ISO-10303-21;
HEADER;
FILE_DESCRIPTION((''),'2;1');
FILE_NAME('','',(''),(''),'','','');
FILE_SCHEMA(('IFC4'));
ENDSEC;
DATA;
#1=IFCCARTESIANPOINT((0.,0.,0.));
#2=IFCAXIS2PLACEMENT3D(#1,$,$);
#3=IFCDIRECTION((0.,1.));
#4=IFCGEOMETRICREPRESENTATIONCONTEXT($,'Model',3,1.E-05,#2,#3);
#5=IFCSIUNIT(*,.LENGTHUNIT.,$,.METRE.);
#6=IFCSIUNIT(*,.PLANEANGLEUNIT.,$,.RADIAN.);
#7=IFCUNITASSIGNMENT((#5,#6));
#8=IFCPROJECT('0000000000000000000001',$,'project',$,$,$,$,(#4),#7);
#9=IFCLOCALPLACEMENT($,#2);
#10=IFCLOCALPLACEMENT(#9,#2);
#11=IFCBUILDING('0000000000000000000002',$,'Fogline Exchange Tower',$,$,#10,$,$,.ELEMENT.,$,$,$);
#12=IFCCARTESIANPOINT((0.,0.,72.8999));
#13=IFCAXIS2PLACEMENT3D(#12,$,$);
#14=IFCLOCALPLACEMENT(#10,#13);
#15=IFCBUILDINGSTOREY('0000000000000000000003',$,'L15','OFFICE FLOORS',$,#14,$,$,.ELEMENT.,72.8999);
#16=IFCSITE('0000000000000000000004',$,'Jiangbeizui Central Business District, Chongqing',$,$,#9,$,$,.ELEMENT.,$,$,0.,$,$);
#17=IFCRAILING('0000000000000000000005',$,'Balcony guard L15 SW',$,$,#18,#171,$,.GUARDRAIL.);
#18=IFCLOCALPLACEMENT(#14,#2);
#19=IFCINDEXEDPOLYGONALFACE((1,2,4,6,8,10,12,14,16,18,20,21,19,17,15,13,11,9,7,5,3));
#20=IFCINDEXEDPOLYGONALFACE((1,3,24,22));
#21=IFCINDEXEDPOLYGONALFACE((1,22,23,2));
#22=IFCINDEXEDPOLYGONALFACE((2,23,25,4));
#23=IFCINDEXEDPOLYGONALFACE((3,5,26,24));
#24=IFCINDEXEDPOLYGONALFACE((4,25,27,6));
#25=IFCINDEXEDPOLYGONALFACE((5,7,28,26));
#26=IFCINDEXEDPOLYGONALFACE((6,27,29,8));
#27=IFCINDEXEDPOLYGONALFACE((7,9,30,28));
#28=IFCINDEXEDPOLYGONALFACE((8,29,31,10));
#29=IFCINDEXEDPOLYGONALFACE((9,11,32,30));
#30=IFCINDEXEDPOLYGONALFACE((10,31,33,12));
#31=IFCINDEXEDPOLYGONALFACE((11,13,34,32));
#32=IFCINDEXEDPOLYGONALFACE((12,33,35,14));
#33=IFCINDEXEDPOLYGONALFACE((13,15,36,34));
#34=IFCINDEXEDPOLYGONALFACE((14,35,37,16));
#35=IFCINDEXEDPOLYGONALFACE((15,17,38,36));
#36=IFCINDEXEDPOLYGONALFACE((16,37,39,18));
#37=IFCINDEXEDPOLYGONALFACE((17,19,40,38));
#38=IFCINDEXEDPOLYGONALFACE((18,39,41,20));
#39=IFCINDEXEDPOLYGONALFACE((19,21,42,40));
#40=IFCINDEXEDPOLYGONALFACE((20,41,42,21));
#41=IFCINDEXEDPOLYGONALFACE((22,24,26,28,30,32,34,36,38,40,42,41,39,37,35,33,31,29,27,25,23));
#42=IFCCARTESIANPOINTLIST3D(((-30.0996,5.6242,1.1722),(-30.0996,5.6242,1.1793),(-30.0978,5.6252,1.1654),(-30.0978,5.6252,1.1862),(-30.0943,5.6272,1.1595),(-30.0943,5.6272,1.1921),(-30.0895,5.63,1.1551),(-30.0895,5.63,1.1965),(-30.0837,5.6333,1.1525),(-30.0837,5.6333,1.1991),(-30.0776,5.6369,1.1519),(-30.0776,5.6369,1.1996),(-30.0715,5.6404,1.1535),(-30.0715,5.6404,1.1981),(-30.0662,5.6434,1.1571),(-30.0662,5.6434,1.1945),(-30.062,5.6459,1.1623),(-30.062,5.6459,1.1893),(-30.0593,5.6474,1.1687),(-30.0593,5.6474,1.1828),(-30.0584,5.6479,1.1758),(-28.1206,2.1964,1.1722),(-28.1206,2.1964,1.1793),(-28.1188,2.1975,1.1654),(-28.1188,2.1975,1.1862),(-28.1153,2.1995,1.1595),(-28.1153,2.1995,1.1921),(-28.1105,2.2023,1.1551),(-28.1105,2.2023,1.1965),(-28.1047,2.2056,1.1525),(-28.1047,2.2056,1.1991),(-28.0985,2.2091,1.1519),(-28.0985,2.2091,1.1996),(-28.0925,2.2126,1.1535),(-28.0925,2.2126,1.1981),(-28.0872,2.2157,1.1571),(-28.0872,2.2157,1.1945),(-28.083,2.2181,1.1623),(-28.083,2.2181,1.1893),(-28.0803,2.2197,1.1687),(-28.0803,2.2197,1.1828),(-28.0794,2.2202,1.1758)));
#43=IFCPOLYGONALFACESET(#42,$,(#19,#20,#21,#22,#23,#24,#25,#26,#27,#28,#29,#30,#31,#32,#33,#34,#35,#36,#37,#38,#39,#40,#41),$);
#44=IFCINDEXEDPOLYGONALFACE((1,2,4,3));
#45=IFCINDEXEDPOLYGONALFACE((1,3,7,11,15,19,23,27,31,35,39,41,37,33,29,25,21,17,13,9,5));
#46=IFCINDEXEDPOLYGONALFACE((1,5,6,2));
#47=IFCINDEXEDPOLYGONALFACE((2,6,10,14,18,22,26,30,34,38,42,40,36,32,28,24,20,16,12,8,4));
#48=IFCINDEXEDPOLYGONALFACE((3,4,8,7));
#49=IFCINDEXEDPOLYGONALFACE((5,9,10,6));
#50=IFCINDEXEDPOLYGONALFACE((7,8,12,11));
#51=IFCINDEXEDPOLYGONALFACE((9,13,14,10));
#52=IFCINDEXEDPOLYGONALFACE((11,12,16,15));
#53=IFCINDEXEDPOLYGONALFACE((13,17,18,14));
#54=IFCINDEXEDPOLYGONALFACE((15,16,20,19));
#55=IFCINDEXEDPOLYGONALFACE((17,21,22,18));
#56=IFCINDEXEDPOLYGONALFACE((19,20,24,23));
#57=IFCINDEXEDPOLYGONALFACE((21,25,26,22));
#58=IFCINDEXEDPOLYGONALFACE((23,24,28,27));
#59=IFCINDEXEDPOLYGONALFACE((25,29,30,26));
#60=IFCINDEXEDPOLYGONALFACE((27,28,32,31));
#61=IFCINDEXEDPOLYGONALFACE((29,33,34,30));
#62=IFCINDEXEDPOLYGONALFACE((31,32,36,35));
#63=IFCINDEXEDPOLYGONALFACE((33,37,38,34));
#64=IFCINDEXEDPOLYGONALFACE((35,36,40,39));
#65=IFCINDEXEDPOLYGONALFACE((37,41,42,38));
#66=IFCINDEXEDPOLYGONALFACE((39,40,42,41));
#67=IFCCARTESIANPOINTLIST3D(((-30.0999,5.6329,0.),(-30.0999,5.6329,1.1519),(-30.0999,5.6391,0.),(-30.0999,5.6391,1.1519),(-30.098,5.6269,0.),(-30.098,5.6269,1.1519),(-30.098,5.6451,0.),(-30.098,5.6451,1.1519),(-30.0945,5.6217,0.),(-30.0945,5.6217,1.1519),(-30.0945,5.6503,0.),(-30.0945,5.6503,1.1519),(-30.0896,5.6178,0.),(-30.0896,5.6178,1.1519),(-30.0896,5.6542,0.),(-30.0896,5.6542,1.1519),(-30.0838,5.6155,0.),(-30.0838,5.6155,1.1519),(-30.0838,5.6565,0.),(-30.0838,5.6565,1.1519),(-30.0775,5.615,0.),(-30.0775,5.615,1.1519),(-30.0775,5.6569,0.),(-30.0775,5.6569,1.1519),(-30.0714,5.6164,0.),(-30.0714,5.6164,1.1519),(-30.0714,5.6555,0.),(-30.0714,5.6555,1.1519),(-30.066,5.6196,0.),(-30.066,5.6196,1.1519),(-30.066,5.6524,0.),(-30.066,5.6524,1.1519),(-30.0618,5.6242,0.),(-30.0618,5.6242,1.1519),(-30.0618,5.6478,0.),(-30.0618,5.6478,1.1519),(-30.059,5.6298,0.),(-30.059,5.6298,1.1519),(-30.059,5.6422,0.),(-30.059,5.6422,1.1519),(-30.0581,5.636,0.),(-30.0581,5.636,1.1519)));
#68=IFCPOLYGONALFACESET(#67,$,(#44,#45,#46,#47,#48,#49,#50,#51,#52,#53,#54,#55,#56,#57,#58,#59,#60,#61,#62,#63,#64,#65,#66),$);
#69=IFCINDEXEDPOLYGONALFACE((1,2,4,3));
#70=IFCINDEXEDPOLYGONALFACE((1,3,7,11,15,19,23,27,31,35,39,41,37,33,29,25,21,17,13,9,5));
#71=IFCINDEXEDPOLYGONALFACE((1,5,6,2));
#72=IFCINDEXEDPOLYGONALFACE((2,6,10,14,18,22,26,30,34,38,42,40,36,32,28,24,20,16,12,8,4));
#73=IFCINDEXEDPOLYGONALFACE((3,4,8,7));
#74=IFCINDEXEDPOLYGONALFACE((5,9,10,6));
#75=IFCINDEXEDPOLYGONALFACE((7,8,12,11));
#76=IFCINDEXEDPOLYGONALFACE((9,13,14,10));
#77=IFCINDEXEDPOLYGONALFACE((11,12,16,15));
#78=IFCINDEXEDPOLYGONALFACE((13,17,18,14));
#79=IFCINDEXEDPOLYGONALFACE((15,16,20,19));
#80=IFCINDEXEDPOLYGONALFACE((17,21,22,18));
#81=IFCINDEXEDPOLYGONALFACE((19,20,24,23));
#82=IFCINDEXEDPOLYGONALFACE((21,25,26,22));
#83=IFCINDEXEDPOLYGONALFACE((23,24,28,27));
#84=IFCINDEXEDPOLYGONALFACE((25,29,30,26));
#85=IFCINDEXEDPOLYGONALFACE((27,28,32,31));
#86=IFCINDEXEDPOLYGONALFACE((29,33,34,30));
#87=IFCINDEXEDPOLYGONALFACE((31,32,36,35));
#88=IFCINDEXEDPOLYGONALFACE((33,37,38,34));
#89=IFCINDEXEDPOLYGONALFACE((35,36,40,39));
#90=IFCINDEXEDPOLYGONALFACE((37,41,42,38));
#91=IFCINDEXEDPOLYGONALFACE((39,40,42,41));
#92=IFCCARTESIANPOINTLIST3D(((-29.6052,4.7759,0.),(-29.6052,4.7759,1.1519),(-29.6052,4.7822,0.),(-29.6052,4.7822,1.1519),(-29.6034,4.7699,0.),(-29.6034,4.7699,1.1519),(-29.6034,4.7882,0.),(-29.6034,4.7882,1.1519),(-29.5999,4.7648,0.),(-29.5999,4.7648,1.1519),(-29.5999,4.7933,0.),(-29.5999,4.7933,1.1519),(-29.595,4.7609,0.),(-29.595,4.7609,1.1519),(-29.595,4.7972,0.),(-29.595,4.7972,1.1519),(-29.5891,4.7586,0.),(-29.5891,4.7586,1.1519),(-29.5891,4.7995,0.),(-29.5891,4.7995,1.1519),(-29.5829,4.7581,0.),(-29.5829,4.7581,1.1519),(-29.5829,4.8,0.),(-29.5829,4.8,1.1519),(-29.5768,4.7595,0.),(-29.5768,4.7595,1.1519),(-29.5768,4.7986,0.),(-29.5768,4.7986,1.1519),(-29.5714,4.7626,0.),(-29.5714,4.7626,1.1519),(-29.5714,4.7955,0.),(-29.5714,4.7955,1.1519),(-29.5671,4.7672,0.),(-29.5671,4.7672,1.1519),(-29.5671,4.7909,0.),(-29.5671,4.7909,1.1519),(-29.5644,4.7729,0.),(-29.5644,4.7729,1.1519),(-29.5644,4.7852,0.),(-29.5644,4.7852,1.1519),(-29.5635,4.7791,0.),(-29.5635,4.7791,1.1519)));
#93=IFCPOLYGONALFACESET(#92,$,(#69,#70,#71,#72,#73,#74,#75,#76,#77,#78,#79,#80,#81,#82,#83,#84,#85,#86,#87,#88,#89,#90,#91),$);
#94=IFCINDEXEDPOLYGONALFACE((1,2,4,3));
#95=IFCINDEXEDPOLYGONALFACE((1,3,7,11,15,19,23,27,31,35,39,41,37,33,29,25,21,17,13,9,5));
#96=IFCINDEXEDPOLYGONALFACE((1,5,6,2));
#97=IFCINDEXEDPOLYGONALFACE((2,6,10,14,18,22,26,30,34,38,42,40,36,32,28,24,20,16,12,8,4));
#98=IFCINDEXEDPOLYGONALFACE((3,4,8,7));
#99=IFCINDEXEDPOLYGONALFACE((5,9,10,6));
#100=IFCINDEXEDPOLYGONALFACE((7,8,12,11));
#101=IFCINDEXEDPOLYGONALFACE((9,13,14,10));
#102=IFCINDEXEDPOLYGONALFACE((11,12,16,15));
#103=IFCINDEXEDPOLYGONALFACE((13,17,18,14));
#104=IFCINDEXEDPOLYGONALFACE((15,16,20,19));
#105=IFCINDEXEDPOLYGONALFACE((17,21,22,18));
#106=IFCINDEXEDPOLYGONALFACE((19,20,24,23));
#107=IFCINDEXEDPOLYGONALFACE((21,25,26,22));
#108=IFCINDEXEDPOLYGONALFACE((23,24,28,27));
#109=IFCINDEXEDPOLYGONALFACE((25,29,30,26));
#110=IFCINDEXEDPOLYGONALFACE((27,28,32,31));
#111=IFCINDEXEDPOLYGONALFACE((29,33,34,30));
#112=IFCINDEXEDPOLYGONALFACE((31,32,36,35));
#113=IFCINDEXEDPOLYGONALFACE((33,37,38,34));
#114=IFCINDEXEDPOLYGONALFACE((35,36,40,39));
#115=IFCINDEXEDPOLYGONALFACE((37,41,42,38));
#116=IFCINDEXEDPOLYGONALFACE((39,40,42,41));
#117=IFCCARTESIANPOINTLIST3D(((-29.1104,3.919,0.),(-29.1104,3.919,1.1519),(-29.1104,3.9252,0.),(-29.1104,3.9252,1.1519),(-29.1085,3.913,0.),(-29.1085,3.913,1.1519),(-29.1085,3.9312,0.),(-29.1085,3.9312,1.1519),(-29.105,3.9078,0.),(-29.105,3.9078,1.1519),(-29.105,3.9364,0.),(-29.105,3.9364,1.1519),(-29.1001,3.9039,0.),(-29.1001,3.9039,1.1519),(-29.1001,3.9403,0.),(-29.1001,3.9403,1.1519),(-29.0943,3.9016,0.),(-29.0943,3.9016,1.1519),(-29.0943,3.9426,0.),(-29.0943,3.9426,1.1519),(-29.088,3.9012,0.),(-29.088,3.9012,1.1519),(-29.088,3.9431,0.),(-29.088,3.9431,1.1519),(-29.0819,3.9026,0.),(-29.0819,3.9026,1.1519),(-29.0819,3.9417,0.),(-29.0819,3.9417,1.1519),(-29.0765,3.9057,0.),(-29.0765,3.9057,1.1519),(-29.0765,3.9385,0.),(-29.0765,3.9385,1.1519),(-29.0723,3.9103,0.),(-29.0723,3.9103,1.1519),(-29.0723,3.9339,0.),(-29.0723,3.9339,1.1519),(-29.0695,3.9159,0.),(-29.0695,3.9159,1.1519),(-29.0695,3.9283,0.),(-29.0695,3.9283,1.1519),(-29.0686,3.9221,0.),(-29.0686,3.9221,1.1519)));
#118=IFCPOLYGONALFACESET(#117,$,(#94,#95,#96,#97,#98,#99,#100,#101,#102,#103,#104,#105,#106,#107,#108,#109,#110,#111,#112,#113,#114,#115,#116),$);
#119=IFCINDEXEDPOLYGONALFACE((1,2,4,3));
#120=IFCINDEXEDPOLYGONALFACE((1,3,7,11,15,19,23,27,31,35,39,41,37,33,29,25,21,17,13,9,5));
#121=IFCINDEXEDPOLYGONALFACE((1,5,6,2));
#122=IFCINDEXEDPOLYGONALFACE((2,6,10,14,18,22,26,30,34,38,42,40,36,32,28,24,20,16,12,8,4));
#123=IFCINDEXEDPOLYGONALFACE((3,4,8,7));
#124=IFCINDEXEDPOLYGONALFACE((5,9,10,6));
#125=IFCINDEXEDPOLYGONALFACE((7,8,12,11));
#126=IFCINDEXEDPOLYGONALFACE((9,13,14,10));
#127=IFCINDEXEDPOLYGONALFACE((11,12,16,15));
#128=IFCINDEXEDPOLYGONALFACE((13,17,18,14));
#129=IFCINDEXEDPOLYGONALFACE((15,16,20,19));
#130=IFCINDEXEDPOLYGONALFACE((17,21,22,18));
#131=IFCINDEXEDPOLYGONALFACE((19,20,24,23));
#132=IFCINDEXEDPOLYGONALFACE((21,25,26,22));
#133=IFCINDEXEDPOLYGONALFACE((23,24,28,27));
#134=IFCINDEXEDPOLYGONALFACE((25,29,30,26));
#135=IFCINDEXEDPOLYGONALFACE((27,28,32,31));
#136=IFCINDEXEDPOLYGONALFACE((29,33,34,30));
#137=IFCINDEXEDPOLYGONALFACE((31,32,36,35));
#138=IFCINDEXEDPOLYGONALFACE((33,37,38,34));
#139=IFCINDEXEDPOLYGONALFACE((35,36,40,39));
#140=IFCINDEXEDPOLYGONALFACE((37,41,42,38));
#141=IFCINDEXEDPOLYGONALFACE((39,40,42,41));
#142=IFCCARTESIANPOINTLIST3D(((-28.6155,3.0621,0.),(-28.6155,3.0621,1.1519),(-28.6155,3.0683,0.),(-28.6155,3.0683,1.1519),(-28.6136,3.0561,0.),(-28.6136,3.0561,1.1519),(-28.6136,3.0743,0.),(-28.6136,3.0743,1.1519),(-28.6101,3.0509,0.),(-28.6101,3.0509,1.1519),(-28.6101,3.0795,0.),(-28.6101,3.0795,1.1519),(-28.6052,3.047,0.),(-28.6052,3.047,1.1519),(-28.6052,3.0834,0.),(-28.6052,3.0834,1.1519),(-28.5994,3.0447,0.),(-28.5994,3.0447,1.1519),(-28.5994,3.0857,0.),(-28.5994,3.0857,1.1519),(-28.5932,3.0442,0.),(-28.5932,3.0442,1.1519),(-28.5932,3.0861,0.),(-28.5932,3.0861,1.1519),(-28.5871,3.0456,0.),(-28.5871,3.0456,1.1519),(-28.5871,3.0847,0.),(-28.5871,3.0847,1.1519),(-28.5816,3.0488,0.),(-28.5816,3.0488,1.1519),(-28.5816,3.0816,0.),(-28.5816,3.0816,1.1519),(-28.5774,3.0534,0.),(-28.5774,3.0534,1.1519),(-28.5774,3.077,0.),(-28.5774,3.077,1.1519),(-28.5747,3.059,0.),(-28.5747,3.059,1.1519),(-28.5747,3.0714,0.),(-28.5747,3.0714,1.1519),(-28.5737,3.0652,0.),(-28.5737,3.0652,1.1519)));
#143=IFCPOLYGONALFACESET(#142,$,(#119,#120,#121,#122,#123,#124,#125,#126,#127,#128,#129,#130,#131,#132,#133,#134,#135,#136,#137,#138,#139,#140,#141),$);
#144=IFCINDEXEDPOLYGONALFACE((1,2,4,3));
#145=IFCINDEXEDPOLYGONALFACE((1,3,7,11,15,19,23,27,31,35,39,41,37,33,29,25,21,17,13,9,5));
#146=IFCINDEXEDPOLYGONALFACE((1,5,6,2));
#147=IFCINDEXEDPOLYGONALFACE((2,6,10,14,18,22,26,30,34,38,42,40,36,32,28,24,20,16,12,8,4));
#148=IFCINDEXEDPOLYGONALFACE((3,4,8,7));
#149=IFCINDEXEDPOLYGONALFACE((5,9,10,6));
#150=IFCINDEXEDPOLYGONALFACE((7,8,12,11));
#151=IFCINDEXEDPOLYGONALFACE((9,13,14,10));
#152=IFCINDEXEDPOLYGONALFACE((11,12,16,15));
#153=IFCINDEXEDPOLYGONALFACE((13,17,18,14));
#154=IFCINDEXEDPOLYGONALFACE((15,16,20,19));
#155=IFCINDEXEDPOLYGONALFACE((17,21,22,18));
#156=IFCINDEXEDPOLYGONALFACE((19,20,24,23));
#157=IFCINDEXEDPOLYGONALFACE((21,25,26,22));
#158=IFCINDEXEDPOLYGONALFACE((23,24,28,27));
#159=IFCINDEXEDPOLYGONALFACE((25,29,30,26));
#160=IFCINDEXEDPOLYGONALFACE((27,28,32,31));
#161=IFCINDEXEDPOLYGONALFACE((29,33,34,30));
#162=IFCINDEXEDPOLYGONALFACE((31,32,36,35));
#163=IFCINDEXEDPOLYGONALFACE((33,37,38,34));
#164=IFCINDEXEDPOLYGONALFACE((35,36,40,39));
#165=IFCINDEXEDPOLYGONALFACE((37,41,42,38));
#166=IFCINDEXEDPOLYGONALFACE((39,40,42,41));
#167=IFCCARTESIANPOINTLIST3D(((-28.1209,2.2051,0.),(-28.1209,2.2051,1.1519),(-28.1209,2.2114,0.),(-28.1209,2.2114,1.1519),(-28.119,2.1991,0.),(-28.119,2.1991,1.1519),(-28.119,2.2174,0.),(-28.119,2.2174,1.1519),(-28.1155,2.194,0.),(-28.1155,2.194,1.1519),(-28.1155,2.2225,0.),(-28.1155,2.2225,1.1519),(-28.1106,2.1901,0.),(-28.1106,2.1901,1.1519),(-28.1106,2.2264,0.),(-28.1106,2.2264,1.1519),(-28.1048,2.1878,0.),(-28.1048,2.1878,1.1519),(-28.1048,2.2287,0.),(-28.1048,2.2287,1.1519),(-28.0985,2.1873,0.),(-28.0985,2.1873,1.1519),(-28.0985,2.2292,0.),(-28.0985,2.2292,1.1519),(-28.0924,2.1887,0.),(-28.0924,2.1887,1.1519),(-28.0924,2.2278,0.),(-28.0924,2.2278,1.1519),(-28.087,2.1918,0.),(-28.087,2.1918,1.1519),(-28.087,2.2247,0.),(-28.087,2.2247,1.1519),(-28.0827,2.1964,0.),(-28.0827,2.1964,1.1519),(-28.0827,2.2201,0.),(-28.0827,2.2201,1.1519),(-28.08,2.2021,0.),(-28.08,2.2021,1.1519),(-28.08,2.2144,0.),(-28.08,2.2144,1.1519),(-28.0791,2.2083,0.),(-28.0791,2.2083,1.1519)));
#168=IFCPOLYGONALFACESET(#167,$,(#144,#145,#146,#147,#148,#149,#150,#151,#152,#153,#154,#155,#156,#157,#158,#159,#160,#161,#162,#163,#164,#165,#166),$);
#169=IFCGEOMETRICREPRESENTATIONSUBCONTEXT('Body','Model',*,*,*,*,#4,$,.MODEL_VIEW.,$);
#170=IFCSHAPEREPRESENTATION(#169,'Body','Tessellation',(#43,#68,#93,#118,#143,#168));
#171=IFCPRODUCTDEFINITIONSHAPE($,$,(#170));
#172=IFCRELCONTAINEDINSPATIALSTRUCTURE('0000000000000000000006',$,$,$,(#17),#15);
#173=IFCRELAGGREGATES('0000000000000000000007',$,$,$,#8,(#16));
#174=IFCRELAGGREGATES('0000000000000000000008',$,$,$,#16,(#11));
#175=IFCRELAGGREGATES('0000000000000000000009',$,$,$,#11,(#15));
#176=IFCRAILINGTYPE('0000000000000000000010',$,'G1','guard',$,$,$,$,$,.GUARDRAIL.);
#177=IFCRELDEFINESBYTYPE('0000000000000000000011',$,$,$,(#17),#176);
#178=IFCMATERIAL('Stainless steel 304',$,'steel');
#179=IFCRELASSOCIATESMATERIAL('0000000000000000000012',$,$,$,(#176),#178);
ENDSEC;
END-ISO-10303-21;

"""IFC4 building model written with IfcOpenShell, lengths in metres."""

from ifc_helpers import new_model, si_unit, direction, frame, origin, origin_2d, place, context, subcontext, project, spatial, circle, extrude, material, type_object, element, save


model = new_model("IFC4")

# Units and contexts
model_context = context("Model", 3, precision=1e-05, world=origin(), true_north=direction((0.0, 1.0)))
body_context = subcontext(model_context, "Body", "Model", "MODEL_VIEW")
ifc_project = project(units=[si_unit("LENGTHUNIT", "METRE"), si_unit("PLANEANGLEUNIT", "RADIAN")], contexts=[model_context])

# Site, building, storey
site_placement = place(None, origin())
site = spatial("IfcSite", under=ifc_project, at=site_placement, Name="Jiangbeizui Central Business District, Chongqing", CompositionType="ELEMENT", RefElevation=0.0)
building_placement = place(site_placement, origin())
building = spatial("IfcBuilding", under=site, at=building_placement, Name="Fogline Exchange Tower", CompositionType="ELEMENT")
storey_placement = place(building_placement, frame((0.0, 0.0, 72.8999)))
storey = spatial("IfcBuildingStorey", under=building, at=storey_placement, Name="L15", Description="OFFICE FLOORS", CompositionType="ELEMENT", Elevation=72.8999)

# Railing
ifc_material_1 = material(Name="Stainless steel 304", Category="steel")
railing_type = type_object("IfcRailingType", Name="G1", Description="guard", PredefinedType="GUARDRAIL", material=ifc_material_1)
railing_placement = place(storey_placement, frame((-30.0791, 5.636, 0.0)))
element("IfcRailing", 1, at=railing_placement, inside=storey, type_object=railing_type, Name="Balcony guard L15 SW", PredefinedType="GUARDRAIL", context=body_context, shape_type="SweptSolid", body=[
    extrude(circle(Radius=0.0239, at=origin_2d()), frame((0.0, 0.0, 1.1758), z_axis=(0.5, -0.866025, 0.0), x_axis=(0.866025, 0.5, 0.0)), (0.0, 0.0, 1.0), 3.958),
    extrude(circle(Radius=0.021, at=origin_2d()), origin(), (0.0, 0.0, 1.0), 1.1519),
    extrude(circle(Radius=0.021, at=origin_2d()), frame((0.4946, -0.8569, 0.0)), (0.0, 0.0, 1.0), 1.1519),
    extrude(circle(Radius=0.021, at=origin_2d()), frame((0.9895, -1.7139, 0.0)), (0.0, 0.0, 1.0), 1.1519),
    extrude(circle(Radius=0.021, at=origin_2d()), frame((1.4844, -2.5708, 0.0)), (0.0, 0.0, 1.0), 1.1519),
    extrude(circle(Radius=0.021, at=origin_2d()), frame((1.979, -3.4277, 0.0)), (0.0, 0.0, 1.0), 1.1519),
])

save(model, "model.ifc")
